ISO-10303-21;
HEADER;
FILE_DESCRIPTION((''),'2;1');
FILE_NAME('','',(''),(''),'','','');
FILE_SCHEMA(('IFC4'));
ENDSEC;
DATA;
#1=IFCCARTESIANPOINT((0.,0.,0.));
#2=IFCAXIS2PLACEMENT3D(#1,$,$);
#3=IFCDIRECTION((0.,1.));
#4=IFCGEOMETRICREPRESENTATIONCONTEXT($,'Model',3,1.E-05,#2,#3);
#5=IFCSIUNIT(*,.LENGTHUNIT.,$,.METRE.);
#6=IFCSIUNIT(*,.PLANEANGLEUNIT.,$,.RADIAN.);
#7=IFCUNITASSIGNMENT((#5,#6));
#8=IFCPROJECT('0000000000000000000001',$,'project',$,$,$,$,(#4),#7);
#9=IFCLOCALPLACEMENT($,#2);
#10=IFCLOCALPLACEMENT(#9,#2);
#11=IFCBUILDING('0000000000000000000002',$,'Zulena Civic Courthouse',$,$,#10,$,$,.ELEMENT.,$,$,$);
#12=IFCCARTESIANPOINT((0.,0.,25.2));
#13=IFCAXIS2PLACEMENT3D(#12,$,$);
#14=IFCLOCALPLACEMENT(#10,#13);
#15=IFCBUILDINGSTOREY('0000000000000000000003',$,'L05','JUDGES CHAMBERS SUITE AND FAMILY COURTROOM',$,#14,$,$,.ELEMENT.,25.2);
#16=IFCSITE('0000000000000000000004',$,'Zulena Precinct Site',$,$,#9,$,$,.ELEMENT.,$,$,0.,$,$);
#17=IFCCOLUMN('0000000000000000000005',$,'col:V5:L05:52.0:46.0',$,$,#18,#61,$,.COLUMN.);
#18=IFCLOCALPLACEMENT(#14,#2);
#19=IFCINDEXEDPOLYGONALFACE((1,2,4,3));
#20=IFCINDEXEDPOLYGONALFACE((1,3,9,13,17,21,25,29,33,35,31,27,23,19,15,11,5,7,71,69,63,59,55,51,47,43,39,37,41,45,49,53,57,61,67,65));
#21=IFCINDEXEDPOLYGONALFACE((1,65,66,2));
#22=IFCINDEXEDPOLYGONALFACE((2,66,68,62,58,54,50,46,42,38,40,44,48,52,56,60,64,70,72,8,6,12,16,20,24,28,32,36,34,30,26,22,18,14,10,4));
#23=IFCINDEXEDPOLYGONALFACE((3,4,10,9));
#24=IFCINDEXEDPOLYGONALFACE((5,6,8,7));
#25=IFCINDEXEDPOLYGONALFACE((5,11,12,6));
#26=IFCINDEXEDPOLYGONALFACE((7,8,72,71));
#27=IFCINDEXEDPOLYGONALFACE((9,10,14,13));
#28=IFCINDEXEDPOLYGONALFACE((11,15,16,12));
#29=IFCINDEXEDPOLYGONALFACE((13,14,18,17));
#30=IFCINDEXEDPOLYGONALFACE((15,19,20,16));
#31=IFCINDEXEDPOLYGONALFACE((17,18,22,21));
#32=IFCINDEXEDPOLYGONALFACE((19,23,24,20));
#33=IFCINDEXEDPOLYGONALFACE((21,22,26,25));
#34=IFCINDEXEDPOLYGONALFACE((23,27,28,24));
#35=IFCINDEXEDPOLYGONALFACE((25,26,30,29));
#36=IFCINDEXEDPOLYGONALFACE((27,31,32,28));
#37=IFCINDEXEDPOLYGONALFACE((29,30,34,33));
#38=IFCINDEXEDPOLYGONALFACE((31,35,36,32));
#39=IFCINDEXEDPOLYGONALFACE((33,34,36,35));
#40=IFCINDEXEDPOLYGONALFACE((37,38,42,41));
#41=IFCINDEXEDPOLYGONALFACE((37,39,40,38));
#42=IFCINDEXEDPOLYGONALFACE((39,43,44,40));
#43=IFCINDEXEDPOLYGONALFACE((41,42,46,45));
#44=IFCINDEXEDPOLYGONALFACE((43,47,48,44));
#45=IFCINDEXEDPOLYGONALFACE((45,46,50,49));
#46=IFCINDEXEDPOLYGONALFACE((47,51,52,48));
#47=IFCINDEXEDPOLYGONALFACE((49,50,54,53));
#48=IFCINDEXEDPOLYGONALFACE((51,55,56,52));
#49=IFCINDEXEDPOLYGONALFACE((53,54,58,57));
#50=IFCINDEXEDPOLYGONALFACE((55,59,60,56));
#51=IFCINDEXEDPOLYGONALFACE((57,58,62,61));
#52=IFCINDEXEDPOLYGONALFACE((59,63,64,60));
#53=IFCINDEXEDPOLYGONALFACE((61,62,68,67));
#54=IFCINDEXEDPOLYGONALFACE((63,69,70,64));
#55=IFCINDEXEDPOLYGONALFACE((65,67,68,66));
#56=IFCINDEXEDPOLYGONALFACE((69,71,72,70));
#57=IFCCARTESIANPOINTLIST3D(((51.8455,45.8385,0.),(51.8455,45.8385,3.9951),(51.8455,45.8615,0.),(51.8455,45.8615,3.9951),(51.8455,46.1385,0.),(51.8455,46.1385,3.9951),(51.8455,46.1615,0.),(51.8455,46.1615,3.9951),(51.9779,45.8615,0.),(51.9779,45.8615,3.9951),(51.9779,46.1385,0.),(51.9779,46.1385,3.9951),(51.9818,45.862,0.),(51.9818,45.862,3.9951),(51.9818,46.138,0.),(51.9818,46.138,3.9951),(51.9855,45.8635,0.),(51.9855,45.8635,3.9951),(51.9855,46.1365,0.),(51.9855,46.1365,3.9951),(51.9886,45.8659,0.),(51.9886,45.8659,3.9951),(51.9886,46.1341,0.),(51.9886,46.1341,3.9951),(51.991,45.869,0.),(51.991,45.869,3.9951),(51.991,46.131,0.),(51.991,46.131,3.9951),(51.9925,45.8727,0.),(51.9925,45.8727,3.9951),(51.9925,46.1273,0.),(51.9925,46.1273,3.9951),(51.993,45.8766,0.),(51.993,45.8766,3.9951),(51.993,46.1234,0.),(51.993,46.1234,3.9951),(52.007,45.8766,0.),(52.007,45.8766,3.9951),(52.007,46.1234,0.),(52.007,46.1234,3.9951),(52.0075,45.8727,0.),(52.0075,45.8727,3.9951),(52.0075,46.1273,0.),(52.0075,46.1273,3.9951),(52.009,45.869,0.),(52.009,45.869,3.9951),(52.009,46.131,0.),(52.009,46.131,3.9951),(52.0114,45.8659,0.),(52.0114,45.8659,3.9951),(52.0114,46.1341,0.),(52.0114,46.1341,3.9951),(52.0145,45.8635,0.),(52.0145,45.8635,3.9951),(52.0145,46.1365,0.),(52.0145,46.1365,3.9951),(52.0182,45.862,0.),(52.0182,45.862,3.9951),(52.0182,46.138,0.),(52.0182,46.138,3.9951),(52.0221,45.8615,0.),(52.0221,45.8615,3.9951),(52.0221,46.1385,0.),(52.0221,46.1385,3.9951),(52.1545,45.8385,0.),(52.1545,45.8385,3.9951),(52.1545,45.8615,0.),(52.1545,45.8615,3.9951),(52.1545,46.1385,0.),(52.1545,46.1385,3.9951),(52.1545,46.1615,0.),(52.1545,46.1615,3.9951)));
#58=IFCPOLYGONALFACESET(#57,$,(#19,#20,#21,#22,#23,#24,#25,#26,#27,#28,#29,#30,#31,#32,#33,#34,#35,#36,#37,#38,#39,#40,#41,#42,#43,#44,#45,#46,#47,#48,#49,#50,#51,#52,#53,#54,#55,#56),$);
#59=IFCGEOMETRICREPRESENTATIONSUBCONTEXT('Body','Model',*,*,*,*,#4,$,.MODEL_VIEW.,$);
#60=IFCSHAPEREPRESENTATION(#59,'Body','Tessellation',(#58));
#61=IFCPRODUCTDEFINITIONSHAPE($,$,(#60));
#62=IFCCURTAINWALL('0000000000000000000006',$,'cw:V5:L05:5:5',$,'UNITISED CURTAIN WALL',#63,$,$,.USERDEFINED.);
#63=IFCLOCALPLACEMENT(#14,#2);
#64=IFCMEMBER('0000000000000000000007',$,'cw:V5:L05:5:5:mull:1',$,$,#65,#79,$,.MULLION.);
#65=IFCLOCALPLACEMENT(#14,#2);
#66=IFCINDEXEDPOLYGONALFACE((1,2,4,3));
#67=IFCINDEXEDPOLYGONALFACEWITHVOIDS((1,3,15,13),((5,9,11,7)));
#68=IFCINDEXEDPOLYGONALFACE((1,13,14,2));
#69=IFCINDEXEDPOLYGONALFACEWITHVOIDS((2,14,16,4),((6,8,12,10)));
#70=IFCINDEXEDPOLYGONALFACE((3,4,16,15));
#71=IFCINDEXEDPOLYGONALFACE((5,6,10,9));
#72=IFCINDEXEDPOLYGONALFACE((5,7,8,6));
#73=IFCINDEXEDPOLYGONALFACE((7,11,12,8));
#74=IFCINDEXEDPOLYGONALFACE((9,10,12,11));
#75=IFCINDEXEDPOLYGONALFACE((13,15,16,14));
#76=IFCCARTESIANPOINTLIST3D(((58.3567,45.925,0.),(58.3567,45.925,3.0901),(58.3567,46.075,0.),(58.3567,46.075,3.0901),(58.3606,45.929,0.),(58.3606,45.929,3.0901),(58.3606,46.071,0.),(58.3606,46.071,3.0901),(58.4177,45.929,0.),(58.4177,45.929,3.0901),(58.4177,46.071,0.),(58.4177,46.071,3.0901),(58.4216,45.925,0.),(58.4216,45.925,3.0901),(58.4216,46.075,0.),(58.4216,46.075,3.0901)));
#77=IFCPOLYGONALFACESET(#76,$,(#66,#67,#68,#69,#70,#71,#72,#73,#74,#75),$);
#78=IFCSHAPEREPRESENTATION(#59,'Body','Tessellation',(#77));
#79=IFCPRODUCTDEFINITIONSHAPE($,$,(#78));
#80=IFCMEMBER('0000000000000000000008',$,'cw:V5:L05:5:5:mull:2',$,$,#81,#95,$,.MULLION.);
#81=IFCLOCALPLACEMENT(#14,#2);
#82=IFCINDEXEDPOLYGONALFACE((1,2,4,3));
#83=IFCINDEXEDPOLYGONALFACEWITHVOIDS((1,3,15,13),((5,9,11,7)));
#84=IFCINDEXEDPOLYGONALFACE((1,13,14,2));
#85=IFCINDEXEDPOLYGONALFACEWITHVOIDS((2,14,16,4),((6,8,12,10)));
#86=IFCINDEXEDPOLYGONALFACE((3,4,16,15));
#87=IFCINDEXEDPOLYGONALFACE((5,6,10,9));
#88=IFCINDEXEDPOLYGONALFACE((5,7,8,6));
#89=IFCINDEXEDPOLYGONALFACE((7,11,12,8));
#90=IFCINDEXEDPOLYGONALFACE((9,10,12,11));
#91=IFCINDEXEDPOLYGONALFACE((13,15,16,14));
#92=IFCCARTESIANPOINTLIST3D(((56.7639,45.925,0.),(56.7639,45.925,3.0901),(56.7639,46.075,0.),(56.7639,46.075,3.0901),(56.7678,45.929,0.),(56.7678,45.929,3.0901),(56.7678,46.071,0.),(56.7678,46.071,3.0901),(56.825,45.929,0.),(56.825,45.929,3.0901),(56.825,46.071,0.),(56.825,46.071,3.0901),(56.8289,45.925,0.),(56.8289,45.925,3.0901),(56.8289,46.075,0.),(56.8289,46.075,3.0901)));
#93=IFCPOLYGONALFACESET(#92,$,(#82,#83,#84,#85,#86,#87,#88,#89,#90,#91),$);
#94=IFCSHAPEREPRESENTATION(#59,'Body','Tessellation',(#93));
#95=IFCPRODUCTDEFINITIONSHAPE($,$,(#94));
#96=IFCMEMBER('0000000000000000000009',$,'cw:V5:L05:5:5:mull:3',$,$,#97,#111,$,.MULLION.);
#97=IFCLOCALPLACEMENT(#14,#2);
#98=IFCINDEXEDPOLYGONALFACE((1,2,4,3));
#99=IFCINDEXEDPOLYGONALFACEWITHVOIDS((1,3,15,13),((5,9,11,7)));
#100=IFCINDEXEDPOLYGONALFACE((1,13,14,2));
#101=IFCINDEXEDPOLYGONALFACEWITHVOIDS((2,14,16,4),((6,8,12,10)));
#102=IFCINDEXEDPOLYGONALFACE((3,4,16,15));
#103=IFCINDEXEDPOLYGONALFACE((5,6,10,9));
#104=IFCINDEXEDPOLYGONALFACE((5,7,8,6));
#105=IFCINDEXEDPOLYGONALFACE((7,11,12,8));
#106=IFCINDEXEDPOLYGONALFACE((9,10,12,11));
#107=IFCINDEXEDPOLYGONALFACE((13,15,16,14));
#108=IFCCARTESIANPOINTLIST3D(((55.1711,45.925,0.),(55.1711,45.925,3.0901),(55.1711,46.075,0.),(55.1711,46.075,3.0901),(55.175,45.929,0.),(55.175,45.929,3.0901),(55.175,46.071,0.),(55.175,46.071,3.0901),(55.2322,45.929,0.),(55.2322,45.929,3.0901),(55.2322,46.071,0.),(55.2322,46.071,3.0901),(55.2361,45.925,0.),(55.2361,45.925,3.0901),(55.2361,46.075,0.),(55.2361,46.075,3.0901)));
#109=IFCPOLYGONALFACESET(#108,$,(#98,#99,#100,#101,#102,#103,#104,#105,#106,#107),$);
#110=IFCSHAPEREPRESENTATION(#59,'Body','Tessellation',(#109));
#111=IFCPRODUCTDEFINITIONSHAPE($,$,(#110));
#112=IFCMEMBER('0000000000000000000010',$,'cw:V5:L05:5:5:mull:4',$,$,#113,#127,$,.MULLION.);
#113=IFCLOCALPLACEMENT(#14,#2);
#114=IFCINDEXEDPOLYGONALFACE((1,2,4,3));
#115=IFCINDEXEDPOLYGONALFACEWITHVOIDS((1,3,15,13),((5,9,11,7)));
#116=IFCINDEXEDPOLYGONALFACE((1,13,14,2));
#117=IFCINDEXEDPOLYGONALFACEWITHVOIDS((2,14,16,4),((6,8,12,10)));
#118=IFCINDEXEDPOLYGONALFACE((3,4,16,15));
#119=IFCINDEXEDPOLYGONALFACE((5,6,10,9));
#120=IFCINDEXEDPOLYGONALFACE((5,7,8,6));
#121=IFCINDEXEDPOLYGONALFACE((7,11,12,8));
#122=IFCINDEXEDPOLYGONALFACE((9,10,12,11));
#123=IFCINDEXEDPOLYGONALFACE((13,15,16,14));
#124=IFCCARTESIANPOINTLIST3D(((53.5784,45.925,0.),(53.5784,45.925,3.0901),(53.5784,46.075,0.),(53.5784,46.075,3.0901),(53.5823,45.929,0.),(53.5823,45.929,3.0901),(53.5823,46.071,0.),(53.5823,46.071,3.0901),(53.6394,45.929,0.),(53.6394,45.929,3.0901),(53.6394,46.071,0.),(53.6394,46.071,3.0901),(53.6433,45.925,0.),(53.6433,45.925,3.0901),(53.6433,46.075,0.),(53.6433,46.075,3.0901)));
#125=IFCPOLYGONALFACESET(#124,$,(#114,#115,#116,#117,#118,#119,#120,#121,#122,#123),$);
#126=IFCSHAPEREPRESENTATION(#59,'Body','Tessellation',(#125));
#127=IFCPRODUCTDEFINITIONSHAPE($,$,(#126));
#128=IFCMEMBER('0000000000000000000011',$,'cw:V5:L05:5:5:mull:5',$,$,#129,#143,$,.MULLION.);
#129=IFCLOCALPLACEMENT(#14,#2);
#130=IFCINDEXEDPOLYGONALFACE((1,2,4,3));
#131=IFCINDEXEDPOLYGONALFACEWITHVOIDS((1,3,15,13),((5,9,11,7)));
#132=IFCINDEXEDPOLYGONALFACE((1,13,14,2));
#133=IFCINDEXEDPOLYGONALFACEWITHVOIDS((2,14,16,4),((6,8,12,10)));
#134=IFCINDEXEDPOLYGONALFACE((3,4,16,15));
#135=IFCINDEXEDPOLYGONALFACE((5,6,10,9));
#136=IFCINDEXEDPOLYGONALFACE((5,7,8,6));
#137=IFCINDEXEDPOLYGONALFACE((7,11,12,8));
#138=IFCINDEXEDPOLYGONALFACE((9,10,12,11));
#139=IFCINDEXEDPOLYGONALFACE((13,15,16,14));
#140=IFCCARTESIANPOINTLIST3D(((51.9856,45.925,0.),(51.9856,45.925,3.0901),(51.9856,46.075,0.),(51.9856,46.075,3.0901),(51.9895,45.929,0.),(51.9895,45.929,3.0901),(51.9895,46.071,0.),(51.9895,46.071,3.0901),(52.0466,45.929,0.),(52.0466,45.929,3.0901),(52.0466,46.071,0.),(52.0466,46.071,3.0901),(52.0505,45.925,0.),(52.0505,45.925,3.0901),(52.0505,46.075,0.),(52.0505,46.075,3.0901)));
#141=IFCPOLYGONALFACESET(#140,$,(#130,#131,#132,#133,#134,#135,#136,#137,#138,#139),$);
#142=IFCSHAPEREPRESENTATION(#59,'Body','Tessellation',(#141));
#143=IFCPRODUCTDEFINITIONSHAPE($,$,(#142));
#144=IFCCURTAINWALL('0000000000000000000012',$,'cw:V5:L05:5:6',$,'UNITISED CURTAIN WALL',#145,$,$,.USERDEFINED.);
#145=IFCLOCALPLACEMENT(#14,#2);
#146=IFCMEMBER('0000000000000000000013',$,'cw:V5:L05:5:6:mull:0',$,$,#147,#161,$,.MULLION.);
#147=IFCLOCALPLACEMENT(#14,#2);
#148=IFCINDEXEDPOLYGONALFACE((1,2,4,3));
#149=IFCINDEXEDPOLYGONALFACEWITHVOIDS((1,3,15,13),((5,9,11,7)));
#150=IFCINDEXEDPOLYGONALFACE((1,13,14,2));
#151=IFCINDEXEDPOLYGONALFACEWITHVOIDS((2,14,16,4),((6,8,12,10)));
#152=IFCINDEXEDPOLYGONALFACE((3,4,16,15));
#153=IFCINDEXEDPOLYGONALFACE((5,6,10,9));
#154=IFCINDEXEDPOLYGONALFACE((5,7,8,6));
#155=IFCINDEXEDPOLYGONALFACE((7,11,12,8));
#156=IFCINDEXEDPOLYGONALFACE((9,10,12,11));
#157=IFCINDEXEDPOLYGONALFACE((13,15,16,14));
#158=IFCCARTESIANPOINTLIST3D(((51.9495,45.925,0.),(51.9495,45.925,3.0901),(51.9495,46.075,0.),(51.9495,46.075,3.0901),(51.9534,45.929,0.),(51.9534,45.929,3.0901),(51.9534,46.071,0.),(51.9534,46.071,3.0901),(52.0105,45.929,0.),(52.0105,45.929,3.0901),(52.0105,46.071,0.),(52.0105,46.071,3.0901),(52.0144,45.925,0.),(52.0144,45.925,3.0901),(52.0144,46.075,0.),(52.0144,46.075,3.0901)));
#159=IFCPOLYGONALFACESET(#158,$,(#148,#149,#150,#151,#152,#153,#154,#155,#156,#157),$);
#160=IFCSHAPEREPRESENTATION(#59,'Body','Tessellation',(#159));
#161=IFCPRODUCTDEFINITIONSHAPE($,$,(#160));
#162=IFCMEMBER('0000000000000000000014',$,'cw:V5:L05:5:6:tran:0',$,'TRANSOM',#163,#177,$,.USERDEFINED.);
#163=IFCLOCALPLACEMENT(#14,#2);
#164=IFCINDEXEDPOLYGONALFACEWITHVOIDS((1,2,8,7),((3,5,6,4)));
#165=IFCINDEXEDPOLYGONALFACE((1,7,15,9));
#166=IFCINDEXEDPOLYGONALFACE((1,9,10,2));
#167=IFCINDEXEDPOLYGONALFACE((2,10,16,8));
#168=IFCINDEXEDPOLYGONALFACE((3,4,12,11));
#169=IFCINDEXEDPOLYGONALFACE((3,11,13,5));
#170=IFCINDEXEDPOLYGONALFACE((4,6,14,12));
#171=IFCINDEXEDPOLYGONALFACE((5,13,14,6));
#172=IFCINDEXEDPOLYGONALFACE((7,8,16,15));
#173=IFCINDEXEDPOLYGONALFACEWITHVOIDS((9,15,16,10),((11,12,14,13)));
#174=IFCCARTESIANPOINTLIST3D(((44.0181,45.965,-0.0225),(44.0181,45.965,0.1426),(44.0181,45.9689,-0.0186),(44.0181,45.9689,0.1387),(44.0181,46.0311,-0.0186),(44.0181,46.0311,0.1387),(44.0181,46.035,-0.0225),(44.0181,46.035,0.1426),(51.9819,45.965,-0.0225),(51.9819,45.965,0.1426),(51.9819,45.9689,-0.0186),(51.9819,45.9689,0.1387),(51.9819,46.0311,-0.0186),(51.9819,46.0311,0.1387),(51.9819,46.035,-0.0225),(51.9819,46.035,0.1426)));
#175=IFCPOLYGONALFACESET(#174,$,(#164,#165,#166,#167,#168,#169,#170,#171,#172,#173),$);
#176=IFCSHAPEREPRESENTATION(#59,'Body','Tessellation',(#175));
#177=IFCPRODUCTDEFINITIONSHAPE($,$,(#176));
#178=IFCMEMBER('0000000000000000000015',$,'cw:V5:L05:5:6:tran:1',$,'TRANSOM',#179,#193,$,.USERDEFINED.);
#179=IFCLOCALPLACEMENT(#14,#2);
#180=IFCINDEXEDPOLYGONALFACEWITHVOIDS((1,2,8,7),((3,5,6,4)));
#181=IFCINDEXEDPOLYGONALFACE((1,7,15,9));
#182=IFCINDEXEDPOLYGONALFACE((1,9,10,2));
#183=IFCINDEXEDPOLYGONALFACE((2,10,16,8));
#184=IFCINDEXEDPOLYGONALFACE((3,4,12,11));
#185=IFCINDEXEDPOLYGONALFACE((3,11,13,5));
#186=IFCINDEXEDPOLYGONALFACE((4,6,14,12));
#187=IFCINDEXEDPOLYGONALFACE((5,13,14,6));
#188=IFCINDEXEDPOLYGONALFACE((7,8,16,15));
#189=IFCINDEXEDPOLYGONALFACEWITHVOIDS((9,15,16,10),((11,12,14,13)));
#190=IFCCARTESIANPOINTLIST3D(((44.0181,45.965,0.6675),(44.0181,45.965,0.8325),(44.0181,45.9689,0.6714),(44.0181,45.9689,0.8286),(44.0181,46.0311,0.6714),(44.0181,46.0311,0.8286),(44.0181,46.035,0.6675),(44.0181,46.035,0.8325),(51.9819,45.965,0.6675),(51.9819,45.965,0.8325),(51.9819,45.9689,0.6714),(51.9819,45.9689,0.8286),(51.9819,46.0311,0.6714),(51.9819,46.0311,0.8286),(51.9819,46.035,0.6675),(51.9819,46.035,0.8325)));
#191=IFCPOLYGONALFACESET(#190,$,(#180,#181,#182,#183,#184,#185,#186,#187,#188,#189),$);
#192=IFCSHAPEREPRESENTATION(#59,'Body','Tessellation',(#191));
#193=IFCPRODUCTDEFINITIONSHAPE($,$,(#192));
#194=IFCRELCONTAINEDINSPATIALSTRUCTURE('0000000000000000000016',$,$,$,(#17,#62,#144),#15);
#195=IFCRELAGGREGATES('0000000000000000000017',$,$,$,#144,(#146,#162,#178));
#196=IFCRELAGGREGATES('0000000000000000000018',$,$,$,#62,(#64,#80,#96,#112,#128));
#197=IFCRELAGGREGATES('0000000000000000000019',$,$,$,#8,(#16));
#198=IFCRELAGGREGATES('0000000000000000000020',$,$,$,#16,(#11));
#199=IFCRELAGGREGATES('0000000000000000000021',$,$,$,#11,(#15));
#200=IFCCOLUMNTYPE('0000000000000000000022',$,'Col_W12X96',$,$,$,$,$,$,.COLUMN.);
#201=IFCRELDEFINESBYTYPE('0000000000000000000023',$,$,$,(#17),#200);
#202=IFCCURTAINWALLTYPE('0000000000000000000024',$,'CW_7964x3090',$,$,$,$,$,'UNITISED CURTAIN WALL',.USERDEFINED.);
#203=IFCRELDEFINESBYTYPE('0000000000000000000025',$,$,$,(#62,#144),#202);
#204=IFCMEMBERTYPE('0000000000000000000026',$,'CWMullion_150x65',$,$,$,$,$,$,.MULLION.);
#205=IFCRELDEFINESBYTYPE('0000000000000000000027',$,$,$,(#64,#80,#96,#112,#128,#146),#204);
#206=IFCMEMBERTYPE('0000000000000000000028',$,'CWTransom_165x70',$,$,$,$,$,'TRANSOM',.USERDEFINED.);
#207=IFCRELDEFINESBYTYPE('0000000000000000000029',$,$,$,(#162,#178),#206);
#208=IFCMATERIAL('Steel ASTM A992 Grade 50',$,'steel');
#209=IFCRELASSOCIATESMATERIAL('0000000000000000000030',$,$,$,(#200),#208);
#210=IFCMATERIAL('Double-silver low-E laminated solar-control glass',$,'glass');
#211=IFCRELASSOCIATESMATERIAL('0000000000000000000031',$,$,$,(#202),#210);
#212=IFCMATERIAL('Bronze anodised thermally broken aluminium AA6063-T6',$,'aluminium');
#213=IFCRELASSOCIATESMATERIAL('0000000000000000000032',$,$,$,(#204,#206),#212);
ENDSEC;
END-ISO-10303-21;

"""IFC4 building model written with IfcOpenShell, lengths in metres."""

from ifc_helpers import new_model, si_unit, direction, frame, origin, origin_2d, place, context, subcontext, project, spatial, hollow_rectangle, i_section, extrude, material, material_profile, profile_set, type_object, element, aggregate, save


model = new_model("IFC4")

# Units and contexts
model_context = context("Model", 3, precision=1e-05, world=origin(), true_north=direction((0.0, 1.0)))
body_context = subcontext(model_context, "Body", "Model", "MODEL_VIEW")
ifc_project = project(units=[si_unit("LENGTHUNIT", "METRE"), si_unit("PLANEANGLEUNIT", "RADIAN")], contexts=[model_context])

# Site, building, storey
site_placement = place(None, origin())
site = spatial("IfcSite", under=ifc_project, at=site_placement, Name="Zulena Precinct Site", CompositionType="ELEMENT", RefElevation=0.0)
building_placement = place(site_placement, origin())
building = spatial("IfcBuilding", under=site, at=building_placement, Name="Zulena Civic Courthouse", CompositionType="ELEMENT")
storey_placement = place(building_placement, frame((0.0, 0.0, 25.2)))
storey = spatial("IfcBuildingStorey", under=building, at=storey_placement, Name="L05", Description="JUDGES CHAMBERS SUITE AND FAMILY COURTROOM", CompositionType="ELEMENT", Elevation=25.2)

# Column
ifc_material_1 = material(Name="Steel ASTM A992 Grade 50", Category="steel")
ifc_material_profile_1 = material_profile(ifc_material_1, i_section(OverallWidth=0.3091, OverallDepth=0.323, WebThickness=0.0139, FlangeThickness=0.0229, FilletRadius=0.0151, at=origin_2d()), Name="W12X96")
ifc_profile_set_1 = profile_set([ifc_material_profile_1], Name="Steel ASTM A992 Grade 50")
column_type = type_object("IfcColumnType", Name="Col_W12X96", PredefinedType="COLUMN", material=ifc_profile_set_1)
column_placement = place(storey_placement, frame((52.0, 46.0, 0.0), z_axis=(0.0, 0.0, 1.0), x_axis=(1.0, 0.0, 0.0)))
element("IfcColumn", 1, at=column_placement, inside=storey, type_object=column_type, Name="col:V5:L05:52.0:46.0", PredefinedType="COLUMN", context=body_context, shape_type="SweptSolid", body=[
    extrude(i_section(OverallWidth=0.3091, OverallDepth=0.323, WebThickness=0.0139, FlangeThickness=0.0229, FilletRadius=0.0151, at=origin_2d()), origin(), (0.0, 0.0, 1.0), 3.9951),
])

# Curtain walls, members
ifc_material_2 = material(Name="Double-silver low-E laminated solar-control glass", Category="glass")
curtain_wall_type = type_object("IfcCurtainWallType", Name="CW_7964x3090", ElementType="UNITISED CURTAIN WALL", PredefinedType="USERDEFINED", material=ifc_material_2)
curtain_wall_1_placement = place(storey_placement, origin())
curtain_wall_1 = element("IfcCurtainWall", 2, at=curtain_wall_1_placement, inside=storey, type_object=curtain_wall_type, Name="cw:V5:L05:5:5", ObjectType="UNITISED CURTAIN WALL", PredefinedType="USERDEFINED")
ifc_material_3 = material(Name="Bronze anodised thermally broken aluminium AA6063-T6", Category="aluminium")
ifc_material_profile_2 = material_profile(ifc_material_3, hollow_rectangle(XDim=0.0649, YDim=0.1499, WallThickness=0.0039, at=origin_2d()), Name="CWM150X65X4")
ifc_profile_set_2 = profile_set([ifc_material_profile_2], Name="Bronze anodised thermally broken aluminium AA6063-T6")
member_type_1 = type_object("IfcMemberType", Name="CWMullion_150x65", PredefinedType="MULLION", material=ifc_profile_set_2)
member_1_placement = place(storey_placement, frame((58.3892, 46.0, 0.0), z_axis=(0.0, 0.0, 1.0), x_axis=(1.0, 0.0, 0.0)))
member_1 = element("IfcMember", 3, at=member_1_placement, type_object=member_type_1, Name="cw:V5:L05:5:5:mull:1", PredefinedType="MULLION", context=body_context, shape_type="SweptSolid", body=[
    extrude(hollow_rectangle(XDim=0.0649, YDim=0.1499, WallThickness=0.0039, at=origin_2d()), origin(), (0.0, 0.0, 1.0), 3.0901),
])
member_2_placement = place(storey_placement, frame((56.7964, 46.0, 0.0), z_axis=(0.0, 0.0, 1.0), x_axis=(1.0, 0.0, 0.0)))
member_2 = element("IfcMember", 4, at=member_2_placement, type_object=member_type_1, Name="cw:V5:L05:5:5:mull:2", PredefinedType="MULLION", context=body_context, shape_type="SweptSolid", body=[
    extrude(hollow_rectangle(XDim=0.0649, YDim=0.1499, WallThickness=0.0039, at=origin_2d()), origin(), (0.0, 0.0, 1.0), 3.0901),
])
member_3_placement = place(storey_placement, frame((55.2036, 46.0, 0.0), z_axis=(0.0, 0.0, 1.0), x_axis=(1.0, 0.0, 0.0)))
member_3 = element("IfcMember", 5, at=member_3_placement, type_object=member_type_1, Name="cw:V5:L05:5:5:mull:3", PredefinedType="MULLION", context=body_context, shape_type="SweptSolid", body=[
    extrude(hollow_rectangle(XDim=0.0649, YDim=0.1499, WallThickness=0.0039, at=origin_2d()), origin(), (0.0, 0.0, 1.0), 3.0901),
])
member_4_placement = place(storey_placement, frame((53.6108, 46.0, 0.0), z_axis=(0.0, 0.0, 1.0), x_axis=(1.0, 0.0, 0.0)))
member_4 = element("IfcMember", 6, at=member_4_placement, type_object=member_type_1, Name="cw:V5:L05:5:5:mull:4", PredefinedType="MULLION", context=body_context, shape_type="SweptSolid", body=[
    extrude(hollow_rectangle(XDim=0.0649, YDim=0.1499, WallThickness=0.0039, at=origin_2d()), origin(), (0.0, 0.0, 1.0), 3.0901),
])
member_5_placement = place(storey_placement, frame((52.0181, 46.0, 0.0), z_axis=(0.0, 0.0, 1.0), x_axis=(1.0, 0.0, 0.0)))
member_5 = element("IfcMember", 7, at=member_5_placement, type_object=member_type_1, Name="cw:V5:L05:5:5:mull:5", PredefinedType="MULLION", context=body_context, shape_type="SweptSolid", body=[
    extrude(hollow_rectangle(XDim=0.0649, YDim=0.1499, WallThickness=0.0039, at=origin_2d()), origin(), (0.0, 0.0, 1.0), 3.0901),
])
curtain_wall_2_placement = place(storey_placement, origin())
curtain_wall_2 = element("IfcCurtainWall", 8, at=curtain_wall_2_placement, inside=storey, type_object=curtain_wall_type, Name="cw:V5:L05:5:6", ObjectType="UNITISED CURTAIN WALL", PredefinedType="USERDEFINED")
member_6_placement = place(storey_placement, frame((51.9819, 46.0, 0.0), z_axis=(0.0, 0.0, 1.0), x_axis=(1.0, 0.0, 0.0)))
member_6 = element("IfcMember", 9, at=member_6_placement, type_object=member_type_1, Name="cw:V5:L05:5:6:mull:0", PredefinedType="MULLION", context=body_context, shape_type="SweptSolid", body=[
    extrude(hollow_rectangle(XDim=0.0649, YDim=0.1499, WallThickness=0.0039, at=origin_2d()), origin(), (0.0, 0.0, 1.0), 3.0901),
])
ifc_material_profile_3 = material_profile(ifc_material_3, hollow_rectangle(XDim=0.0701, YDim=0.165, WallThickness=0.0039, at=origin_2d()), Name="CWT165X70X4")
ifc_profile_set_3 = profile_set([ifc_material_profile_3], Name="Bronze anodised thermally broken aluminium AA6063-T6")
member_type_2 = type_object("IfcMemberType", Name="CWTransom_165x70", ElementType="TRANSOM", PredefinedType="USERDEFINED", material=ifc_profile_set_3)
member_7_placement = place(storey_placement, frame((51.9819, 46.0, 0.0601), z_axis=(-1.0, 0.0, 0.0), x_axis=(0.0, -1.0, 0.0)))
member_7 = element("IfcMember", 10, at=member_7_placement, type_object=member_type_2, Name="cw:V5:L05:5:6:tran:0", ObjectType="TRANSOM", PredefinedType="USERDEFINED", context=body_context, shape_type="SweptSolid", body=[
    extrude(hollow_rectangle(XDim=0.0701, YDim=0.165, WallThickness=0.0039, at=origin_2d()), origin(), (0.0, 0.0, 1.0), 7.9639),
])
member_8_placement = place(storey_placement, frame((51.9819, 46.0, 0.75), z_axis=(-1.0, 0.0, 0.0), x_axis=(0.0, -1.0, 0.0)))
member_8 = element("IfcMember", 11, at=member_8_placement, type_object=member_type_2, Name="cw:V5:L05:5:6:tran:1", ObjectType="TRANSOM", PredefinedType="USERDEFINED", context=body_context, shape_type="SweptSolid", body=[
    extrude(hollow_rectangle(XDim=0.0701, YDim=0.165, WallThickness=0.0039, at=origin_2d()), origin(), (0.0, 0.0, 1.0), 7.9639),
])

aggregate(curtain_wall_2, [member_6, member_7, member_8])
aggregate(curtain_wall_1, [member_1, member_2, member_3, member_4, member_5])

save(model, "model.ifc")
